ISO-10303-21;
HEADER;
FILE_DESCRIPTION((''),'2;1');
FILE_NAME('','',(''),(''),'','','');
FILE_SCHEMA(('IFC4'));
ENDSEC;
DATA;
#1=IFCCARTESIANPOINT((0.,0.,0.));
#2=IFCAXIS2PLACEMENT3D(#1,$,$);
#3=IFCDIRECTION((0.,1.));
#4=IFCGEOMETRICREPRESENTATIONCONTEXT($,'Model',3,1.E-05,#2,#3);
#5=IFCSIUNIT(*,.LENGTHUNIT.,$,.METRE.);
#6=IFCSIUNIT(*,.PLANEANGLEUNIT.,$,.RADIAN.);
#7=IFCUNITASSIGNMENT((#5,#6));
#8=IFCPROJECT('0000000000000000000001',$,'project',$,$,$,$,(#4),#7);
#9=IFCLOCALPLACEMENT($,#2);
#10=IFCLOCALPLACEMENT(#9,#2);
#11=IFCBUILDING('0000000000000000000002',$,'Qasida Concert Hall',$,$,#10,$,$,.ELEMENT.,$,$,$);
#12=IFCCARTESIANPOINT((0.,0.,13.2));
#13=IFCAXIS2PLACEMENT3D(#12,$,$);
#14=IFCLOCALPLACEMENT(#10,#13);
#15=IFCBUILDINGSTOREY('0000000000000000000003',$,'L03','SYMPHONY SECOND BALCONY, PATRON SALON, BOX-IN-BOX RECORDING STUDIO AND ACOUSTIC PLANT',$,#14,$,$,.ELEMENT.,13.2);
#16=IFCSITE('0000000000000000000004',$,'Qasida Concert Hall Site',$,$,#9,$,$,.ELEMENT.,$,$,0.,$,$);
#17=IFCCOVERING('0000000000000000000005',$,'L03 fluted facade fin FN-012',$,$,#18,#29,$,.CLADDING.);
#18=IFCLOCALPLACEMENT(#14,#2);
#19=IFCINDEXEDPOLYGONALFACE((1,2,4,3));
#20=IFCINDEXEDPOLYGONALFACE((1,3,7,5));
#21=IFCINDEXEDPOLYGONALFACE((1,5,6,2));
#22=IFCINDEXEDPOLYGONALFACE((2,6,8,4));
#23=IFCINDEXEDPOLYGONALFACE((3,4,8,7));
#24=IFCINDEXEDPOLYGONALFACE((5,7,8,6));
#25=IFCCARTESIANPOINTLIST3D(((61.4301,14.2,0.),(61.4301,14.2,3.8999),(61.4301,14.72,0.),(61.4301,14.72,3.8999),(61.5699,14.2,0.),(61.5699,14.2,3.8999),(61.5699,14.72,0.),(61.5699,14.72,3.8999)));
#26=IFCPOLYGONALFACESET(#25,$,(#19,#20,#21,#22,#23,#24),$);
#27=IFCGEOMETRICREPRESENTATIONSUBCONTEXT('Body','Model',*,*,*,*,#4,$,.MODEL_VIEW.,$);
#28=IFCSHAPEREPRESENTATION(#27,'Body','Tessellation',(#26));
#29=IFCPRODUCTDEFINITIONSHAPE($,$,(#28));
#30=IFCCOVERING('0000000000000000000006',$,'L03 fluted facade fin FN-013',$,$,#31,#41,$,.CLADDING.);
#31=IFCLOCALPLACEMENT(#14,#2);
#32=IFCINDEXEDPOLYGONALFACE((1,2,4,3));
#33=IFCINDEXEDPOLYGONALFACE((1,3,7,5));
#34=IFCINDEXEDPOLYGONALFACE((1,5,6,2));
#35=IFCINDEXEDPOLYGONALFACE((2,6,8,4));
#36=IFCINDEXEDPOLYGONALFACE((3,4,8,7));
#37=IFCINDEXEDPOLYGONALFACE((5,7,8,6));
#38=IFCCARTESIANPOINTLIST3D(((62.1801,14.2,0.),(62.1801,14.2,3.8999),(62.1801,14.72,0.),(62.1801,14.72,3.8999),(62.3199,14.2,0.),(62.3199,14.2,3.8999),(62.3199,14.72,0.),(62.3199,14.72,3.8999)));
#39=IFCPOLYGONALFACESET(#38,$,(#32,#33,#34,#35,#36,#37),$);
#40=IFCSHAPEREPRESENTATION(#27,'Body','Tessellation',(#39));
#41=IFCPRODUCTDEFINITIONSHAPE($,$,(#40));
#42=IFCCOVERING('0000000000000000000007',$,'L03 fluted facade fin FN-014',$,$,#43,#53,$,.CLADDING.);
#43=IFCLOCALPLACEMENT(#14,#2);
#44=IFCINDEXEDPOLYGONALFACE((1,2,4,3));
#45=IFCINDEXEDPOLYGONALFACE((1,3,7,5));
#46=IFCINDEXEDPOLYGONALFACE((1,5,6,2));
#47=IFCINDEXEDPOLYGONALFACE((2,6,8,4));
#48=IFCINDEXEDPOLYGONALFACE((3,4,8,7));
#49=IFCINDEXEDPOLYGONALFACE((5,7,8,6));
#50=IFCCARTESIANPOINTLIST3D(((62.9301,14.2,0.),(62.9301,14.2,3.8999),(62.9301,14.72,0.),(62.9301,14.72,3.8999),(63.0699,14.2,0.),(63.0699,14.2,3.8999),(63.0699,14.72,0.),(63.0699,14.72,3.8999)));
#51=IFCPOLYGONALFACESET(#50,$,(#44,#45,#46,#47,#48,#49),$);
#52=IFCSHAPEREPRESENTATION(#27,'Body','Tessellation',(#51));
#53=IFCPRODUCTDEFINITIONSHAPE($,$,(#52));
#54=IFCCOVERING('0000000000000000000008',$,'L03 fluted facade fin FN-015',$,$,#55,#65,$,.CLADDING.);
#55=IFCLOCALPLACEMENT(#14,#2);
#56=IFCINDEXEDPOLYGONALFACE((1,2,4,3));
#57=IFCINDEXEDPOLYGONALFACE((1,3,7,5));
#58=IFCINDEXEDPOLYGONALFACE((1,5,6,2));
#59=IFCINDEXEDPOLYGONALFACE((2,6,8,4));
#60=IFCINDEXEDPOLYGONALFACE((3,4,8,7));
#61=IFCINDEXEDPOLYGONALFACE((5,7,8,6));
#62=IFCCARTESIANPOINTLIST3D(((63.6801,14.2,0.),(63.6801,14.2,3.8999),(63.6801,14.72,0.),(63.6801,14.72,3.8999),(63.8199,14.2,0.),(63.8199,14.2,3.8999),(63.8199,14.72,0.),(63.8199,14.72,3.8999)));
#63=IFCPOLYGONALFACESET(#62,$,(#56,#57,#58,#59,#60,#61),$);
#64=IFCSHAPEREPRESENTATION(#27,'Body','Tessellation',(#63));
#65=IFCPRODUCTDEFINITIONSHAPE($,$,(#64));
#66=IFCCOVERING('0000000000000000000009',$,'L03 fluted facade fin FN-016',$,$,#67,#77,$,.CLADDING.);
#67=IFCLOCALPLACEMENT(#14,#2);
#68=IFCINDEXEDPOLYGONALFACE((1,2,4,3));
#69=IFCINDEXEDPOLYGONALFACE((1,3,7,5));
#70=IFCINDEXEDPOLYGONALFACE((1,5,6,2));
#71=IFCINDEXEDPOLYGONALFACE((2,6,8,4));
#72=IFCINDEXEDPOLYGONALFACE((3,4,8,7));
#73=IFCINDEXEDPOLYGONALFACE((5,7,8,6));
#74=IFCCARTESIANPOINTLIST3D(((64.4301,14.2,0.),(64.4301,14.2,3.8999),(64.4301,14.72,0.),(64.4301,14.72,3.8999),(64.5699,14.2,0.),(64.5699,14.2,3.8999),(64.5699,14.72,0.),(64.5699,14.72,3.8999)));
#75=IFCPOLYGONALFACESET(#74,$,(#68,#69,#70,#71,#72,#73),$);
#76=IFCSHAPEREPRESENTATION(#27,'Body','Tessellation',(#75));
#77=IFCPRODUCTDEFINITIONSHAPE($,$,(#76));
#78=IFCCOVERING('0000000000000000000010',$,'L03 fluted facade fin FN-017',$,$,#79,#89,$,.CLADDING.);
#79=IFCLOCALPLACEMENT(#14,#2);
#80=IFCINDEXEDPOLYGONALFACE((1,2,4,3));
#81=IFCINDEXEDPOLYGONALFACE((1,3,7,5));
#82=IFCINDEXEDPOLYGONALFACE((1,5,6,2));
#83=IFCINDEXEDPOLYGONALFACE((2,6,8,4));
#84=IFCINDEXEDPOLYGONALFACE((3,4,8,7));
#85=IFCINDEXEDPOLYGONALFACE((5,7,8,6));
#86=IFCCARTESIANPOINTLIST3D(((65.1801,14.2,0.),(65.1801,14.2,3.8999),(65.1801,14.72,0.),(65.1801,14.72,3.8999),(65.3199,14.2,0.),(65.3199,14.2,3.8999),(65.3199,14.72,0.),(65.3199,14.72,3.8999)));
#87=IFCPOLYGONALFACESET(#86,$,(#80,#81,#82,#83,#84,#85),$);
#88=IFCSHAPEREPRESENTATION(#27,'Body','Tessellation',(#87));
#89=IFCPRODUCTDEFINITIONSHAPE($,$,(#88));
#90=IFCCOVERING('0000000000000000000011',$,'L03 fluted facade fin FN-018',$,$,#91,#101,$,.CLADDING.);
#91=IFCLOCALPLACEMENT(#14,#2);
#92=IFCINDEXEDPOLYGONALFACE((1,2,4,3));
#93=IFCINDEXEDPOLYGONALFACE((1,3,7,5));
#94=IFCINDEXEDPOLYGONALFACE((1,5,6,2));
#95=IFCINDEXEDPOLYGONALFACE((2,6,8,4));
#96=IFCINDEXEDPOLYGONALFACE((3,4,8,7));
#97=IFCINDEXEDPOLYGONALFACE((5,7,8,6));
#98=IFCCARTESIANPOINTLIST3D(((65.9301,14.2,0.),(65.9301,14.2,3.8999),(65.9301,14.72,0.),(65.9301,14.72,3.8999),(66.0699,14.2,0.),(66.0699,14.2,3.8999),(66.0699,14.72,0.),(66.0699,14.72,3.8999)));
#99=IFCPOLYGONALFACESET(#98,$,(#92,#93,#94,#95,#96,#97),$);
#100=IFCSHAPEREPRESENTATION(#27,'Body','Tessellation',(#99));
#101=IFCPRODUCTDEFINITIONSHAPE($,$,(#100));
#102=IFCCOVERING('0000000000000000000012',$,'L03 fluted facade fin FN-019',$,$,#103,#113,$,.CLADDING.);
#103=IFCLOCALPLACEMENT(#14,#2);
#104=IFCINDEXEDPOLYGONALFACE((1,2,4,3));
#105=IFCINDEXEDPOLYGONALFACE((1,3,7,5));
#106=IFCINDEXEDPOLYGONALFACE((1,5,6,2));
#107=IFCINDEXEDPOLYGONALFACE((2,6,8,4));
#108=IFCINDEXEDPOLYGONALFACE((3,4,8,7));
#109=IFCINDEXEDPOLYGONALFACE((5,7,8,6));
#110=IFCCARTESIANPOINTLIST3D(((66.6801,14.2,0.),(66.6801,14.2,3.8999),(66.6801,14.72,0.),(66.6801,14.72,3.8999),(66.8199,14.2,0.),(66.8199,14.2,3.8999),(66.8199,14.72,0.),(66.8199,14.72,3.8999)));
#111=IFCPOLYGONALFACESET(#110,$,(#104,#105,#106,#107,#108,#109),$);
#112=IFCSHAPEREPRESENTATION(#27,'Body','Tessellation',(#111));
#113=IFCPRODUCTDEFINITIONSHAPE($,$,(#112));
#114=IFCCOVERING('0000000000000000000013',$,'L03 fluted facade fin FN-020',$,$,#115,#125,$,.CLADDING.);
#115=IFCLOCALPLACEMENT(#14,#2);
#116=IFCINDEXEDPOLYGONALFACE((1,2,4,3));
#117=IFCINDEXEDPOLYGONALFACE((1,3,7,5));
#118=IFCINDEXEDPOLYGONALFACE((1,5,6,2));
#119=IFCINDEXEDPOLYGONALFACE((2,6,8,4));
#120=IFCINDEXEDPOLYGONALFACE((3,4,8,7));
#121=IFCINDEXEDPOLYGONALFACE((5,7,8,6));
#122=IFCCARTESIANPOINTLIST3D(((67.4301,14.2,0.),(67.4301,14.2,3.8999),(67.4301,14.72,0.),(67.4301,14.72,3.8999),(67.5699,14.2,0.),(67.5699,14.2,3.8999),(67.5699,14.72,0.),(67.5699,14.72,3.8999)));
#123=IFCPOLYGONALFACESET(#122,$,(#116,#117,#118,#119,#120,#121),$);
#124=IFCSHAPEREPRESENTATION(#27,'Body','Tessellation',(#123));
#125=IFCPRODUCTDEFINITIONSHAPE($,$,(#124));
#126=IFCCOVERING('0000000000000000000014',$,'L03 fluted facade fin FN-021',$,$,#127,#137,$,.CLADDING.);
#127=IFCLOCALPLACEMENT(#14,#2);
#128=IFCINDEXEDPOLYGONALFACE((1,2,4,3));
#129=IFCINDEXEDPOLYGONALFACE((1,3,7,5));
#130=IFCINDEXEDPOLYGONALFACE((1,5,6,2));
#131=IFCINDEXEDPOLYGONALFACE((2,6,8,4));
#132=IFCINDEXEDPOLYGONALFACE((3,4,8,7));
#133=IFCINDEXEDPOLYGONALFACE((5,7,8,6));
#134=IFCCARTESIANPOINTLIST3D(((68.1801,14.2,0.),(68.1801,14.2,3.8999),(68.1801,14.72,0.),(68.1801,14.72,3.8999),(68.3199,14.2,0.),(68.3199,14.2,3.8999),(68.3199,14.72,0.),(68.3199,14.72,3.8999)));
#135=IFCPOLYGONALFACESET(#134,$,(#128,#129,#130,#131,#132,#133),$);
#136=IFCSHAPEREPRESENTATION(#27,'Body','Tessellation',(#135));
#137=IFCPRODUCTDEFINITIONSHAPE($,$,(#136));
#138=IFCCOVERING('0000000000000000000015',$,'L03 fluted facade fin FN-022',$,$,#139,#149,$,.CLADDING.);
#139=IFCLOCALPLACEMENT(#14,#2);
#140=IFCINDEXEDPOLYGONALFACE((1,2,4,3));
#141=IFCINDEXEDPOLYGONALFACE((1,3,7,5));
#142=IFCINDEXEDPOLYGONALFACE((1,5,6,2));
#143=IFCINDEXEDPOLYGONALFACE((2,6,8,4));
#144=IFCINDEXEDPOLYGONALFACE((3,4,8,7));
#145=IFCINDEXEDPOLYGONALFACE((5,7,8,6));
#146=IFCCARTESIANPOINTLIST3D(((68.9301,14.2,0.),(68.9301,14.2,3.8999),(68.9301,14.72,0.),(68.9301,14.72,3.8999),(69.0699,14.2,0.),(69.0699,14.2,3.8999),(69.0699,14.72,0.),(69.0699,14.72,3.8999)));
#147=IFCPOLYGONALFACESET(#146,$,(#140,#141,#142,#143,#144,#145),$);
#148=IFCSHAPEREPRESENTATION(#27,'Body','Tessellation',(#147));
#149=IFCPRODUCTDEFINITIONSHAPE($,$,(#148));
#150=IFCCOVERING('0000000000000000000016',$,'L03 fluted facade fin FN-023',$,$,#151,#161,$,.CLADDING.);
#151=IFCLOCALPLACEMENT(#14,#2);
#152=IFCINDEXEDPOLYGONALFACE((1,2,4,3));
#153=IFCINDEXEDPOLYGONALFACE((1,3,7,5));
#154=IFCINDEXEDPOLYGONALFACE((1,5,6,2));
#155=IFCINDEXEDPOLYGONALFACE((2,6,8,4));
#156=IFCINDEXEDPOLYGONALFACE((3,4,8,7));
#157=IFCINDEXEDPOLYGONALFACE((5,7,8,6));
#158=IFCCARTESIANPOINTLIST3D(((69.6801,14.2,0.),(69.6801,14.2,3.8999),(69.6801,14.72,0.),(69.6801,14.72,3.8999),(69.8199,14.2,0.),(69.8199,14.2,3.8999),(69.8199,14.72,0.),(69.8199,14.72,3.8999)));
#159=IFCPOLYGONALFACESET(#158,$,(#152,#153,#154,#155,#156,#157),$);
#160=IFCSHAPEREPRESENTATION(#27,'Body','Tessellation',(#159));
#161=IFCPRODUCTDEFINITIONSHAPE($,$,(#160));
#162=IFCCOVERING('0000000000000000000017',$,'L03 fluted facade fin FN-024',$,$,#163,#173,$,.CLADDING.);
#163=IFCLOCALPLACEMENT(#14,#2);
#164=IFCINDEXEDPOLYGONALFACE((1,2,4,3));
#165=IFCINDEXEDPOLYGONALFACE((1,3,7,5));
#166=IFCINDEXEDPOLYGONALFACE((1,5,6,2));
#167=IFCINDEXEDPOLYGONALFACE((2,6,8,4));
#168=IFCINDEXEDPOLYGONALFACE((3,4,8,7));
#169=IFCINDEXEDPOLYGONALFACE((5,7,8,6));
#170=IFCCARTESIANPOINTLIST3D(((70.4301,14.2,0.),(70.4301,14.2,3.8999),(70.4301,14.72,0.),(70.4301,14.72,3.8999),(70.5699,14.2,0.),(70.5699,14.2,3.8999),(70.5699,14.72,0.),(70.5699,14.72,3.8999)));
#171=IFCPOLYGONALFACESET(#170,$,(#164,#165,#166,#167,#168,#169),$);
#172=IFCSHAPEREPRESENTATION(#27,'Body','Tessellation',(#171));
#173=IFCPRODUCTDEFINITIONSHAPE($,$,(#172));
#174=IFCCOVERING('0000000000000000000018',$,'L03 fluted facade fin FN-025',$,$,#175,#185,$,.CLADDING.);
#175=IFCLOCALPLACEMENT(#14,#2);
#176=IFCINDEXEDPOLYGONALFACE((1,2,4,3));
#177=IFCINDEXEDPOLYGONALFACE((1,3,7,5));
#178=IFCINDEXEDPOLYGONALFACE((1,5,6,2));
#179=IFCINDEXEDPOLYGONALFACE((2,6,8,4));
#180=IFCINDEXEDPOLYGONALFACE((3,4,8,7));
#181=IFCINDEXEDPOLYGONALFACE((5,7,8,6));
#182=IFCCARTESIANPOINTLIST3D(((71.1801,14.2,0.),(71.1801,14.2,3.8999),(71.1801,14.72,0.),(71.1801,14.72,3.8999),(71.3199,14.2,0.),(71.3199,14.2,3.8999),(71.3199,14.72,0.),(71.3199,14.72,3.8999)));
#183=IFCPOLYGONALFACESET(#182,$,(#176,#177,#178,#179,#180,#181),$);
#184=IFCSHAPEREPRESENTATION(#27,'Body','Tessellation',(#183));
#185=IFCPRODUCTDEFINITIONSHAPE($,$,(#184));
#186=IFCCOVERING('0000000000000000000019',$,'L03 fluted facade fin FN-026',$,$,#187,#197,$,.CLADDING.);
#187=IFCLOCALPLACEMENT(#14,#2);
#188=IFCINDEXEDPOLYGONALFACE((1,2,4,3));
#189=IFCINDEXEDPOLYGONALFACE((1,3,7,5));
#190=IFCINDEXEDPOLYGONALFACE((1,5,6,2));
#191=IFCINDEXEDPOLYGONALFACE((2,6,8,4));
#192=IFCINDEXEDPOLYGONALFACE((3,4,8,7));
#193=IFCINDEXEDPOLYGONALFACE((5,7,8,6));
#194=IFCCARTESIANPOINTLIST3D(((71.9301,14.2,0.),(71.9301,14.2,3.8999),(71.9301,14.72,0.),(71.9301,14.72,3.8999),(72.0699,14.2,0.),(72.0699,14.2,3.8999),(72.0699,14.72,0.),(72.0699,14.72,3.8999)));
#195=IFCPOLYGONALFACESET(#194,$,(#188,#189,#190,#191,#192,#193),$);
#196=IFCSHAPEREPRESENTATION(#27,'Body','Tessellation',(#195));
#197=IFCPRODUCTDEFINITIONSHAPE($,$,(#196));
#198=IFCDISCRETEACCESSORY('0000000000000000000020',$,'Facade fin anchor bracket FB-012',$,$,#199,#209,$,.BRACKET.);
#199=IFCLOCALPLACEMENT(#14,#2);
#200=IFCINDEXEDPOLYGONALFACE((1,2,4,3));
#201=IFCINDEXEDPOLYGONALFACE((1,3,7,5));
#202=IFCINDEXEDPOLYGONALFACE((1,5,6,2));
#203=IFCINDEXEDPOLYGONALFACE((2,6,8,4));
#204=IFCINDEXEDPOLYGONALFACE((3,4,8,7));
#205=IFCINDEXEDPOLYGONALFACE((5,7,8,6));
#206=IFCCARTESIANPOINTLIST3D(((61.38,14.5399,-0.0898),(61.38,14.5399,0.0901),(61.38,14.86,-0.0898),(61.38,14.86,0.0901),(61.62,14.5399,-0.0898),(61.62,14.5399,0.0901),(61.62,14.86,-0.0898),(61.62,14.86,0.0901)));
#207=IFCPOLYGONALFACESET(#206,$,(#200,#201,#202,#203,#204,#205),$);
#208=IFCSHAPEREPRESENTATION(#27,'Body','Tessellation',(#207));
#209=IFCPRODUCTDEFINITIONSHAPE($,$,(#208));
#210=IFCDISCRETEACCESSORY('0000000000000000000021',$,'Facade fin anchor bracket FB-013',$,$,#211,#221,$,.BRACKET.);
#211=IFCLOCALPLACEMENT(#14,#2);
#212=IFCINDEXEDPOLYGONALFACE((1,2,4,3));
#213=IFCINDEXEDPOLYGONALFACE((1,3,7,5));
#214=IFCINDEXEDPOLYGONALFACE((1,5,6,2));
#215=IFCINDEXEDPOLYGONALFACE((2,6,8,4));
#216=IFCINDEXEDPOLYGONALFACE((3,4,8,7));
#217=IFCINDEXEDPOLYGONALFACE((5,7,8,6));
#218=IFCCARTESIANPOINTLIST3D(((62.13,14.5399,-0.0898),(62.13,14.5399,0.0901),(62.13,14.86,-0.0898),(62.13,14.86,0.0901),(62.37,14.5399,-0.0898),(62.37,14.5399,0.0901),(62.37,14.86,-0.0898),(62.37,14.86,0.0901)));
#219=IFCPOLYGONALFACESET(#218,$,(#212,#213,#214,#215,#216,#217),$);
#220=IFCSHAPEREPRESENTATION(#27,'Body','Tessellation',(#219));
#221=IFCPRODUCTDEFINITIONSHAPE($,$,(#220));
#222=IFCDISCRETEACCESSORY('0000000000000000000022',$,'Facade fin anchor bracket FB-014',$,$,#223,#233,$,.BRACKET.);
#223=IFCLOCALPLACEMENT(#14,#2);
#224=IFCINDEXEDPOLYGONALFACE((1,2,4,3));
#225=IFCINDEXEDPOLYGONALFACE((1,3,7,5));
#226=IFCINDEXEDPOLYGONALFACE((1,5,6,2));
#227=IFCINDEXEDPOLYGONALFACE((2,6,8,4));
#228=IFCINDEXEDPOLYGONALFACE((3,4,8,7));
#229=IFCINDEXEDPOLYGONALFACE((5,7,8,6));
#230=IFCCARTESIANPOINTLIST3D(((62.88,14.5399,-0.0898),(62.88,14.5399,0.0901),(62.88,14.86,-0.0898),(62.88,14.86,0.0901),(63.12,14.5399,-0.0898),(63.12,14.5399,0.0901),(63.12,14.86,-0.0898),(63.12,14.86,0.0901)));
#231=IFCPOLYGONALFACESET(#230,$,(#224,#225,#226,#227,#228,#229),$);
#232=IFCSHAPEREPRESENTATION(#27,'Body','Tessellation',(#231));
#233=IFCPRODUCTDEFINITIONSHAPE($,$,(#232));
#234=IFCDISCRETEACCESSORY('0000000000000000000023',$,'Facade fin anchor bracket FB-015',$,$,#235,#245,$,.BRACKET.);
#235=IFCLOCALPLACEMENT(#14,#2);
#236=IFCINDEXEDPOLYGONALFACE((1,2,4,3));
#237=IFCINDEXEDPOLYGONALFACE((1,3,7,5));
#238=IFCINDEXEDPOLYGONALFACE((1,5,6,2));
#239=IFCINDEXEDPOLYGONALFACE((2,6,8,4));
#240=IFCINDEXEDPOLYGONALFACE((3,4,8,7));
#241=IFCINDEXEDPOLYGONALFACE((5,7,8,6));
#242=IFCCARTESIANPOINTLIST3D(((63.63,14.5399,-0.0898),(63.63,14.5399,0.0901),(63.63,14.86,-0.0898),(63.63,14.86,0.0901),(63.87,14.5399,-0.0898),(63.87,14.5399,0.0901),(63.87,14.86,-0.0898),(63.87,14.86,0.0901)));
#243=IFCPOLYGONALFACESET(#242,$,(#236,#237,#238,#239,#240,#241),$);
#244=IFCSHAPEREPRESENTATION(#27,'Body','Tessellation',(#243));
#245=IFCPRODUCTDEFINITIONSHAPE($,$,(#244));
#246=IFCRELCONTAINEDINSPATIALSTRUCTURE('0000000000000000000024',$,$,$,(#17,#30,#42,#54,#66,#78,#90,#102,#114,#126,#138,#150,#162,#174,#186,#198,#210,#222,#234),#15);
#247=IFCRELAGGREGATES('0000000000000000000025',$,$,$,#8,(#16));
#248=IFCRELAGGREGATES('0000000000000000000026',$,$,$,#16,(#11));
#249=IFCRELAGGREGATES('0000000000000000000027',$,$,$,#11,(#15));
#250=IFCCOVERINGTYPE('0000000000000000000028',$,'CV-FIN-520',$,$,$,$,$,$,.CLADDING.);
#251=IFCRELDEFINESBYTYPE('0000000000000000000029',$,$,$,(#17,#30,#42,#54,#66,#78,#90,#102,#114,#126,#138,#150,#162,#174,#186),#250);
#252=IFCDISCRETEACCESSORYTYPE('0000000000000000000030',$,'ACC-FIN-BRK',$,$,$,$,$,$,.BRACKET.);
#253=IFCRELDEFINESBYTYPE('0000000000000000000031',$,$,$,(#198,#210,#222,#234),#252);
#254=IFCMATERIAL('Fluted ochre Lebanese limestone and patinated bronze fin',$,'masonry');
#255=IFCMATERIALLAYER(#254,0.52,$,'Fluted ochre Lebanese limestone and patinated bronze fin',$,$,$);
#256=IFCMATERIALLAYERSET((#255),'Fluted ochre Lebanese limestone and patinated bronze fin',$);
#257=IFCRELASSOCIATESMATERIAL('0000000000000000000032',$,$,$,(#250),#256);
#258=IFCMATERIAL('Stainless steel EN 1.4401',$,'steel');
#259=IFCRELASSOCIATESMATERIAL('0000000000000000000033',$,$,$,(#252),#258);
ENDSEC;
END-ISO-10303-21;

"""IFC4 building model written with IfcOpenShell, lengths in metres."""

from ifc_helpers import new_model, si_unit, direction, frame, origin, origin_2d, place, context, subcontext, project, spatial, rectangle, extrude, material, layer, layer_set, type_object, element, save


model = new_model("IFC4")

# Units and contexts
model_context = context("Model", 3, precision=1e-05, world=origin(), true_north=direction((0.0, 1.0)))
body_context = subcontext(model_context, "Body", "Model", "MODEL_VIEW")
ifc_project = project(units=[si_unit("LENGTHUNIT", "METRE"), si_unit("PLANEANGLEUNIT", "RADIAN")], contexts=[model_context])

# Site, building, storey
site_placement = place(None, origin())
site = spatial("IfcSite", under=ifc_project, at=site_placement, Name="Qasida Concert Hall Site", CompositionType="ELEMENT", RefElevation=0.0)
building_placement = place(site_placement, origin())
building = spatial("IfcBuilding", under=site, at=building_placement, Name="Qasida Concert Hall", CompositionType="ELEMENT")
storey_placement = place(building_placement, frame((0.0, 0.0, 13.2)))
storey = spatial("IfcBuildingStorey", under=building, at=storey_placement, Name="L03", Description="SYMPHONY SECOND BALCONY, PATRON SALON, BOX-IN-BOX RECORDING STUDIO AND ACOUSTIC PLANT", CompositionType="ELEMENT", Elevation=13.2)

# Coverings
ifc_material_1 = material(Name="Fluted ochre Lebanese limestone and patinated bronze fin", Category="masonry")
ifc_layer_1 = layer(ifc_material_1, 0.52, Name="Fluted ochre Lebanese limestone and patinated bronze fin")
ifc_layer_set_1 = layer_set([ifc_layer_1], Name="Fluted ochre Lebanese limestone and patinated bronze fin")
covering_type = type_object("IfcCoveringType", Name="CV-FIN-520", PredefinedType="CLADDING", material=ifc_layer_set_1)
for number, where, z_axis, x_axis, name in (
    (1, (61.5, 14.46, 0.0), (0.0, 0.0, 1.0), (1.0, 0.0, 0.0), "L03 fluted facade fin FN-012"),
    (2, (62.25, 14.46, 0.0), (0.0, 0.0, 1.0), (1.0, 0.0, 0.0), "L03 fluted facade fin FN-013"),
    (3, (63.0, 14.46, 0.0), (0.0, 0.0, 1.0), (1.0, 0.0, 0.0), "L03 fluted facade fin FN-014"),
    (4, (63.75, 14.46, 0.0), (0.0, 0.0, 1.0), (1.0, 0.0, 0.0), "L03 fluted facade fin FN-015"),
    (5, (64.5, 14.46, 0.0), (0.0, 0.0, 1.0), (1.0, 0.0, 0.0), "L03 fluted facade fin FN-016"),
    (6, (65.25, 14.46, 0.0), (0.0, 0.0, 1.0), (1.0, 0.0, 0.0), "L03 fluted facade fin FN-017"),
    (7, (66.0, 14.46, 0.0), (0.0, 0.0, 1.0), (1.0, 0.0, 0.0), "L03 fluted facade fin FN-018"),
    (8, (66.75, 14.46, 0.0), (0.0, 0.0, 1.0), (1.0, 0.0, 0.0), "L03 fluted facade fin FN-019"),
    (9, (67.5, 14.46, 0.0), (0.0, 0.0, 1.0), (1.0, 0.0, 0.0), "L03 fluted facade fin FN-020"),
    (10, (68.25, 14.46, 0.0), (0.0, 0.0, 1.0), (1.0, 0.0, 0.0), "L03 fluted facade fin FN-021"),
    (11, (69.0, 14.46, 0.0), (0.0, 0.0, 1.0), (1.0, 0.0, 0.0), "L03 fluted facade fin FN-022"),
    (12, (69.75, 14.46, 0.0), (0.0, 0.0, 1.0), (1.0, 0.0, 0.0), "L03 fluted facade fin FN-023"),
    (13, (70.5, 14.46, 0.0), (0.0, 0.0, 1.0), (1.0, 0.0, 0.0), "L03 fluted facade fin FN-024"),
    (14, (71.25, 14.46, 0.0), (0.0, 0.0, 1.0), (1.0, 0.0, 0.0), "L03 fluted facade fin FN-025"),
    (15, (72.0, 14.46, 0.0), (0.0, 0.0, 1.0), (1.0, 0.0, 0.0), "L03 fluted facade fin FN-026"),
):
    element("IfcCovering", number, at=place(storey_placement, frame(where, z_axis=z_axis, x_axis=x_axis)), inside=storey, type_object=covering_type, Name=name, PredefinedType="CLADDING", context=body_context, shape_type="SweptSolid", body=[
        extrude(rectangle(XDim=0.1399, YDim=0.52, at=origin_2d()), origin(), (0.0, 0.0, 1.0), 3.8999),
    ])

# Discrete accessories
ifc_material_2 = material(Name="Stainless steel EN 1.4401", Category="steel")
discrete_accessory_type = type_object("IfcDiscreteAccessoryType", Name="ACC-FIN-BRK", PredefinedType="BRACKET", material=ifc_material_2)
for number, where, z_axis, x_axis, name in (
    (16, (61.5, 14.7, -0.0898), (0.0, 0.0, 1.0), (1.0, 0.0, 0.0), "Facade fin anchor bracket FB-012"),
    (17, (62.25, 14.7, -0.0898), (0.0, 0.0, 1.0), (1.0, 0.0, 0.0), "Facade fin anchor bracket FB-013"),
    (18, (63.0, 14.7, -0.0898), (0.0, 0.0, 1.0), (1.0, 0.0, 0.0), "Facade fin anchor bracket FB-014"),
    (19, (63.75, 14.7, -0.0898), (0.0, 0.0, 1.0), (1.0, 0.0, 0.0), "Facade fin anchor bracket FB-015"),
):
    element("IfcDiscreteAccessory", number, at=place(storey_placement, frame(where, z_axis=z_axis, x_axis=x_axis)), inside=storey, type_object=discrete_accessory_type, Name=name, PredefinedType="BRACKET", context=body_context, shape_type="SweptSolid", body=[
        extrude(rectangle(XDim=0.24, YDim=0.3201, at=origin_2d()), origin(), (0.0, 0.0, 1.0), 0.1799),
    ])

save(model, "model.ifc")
